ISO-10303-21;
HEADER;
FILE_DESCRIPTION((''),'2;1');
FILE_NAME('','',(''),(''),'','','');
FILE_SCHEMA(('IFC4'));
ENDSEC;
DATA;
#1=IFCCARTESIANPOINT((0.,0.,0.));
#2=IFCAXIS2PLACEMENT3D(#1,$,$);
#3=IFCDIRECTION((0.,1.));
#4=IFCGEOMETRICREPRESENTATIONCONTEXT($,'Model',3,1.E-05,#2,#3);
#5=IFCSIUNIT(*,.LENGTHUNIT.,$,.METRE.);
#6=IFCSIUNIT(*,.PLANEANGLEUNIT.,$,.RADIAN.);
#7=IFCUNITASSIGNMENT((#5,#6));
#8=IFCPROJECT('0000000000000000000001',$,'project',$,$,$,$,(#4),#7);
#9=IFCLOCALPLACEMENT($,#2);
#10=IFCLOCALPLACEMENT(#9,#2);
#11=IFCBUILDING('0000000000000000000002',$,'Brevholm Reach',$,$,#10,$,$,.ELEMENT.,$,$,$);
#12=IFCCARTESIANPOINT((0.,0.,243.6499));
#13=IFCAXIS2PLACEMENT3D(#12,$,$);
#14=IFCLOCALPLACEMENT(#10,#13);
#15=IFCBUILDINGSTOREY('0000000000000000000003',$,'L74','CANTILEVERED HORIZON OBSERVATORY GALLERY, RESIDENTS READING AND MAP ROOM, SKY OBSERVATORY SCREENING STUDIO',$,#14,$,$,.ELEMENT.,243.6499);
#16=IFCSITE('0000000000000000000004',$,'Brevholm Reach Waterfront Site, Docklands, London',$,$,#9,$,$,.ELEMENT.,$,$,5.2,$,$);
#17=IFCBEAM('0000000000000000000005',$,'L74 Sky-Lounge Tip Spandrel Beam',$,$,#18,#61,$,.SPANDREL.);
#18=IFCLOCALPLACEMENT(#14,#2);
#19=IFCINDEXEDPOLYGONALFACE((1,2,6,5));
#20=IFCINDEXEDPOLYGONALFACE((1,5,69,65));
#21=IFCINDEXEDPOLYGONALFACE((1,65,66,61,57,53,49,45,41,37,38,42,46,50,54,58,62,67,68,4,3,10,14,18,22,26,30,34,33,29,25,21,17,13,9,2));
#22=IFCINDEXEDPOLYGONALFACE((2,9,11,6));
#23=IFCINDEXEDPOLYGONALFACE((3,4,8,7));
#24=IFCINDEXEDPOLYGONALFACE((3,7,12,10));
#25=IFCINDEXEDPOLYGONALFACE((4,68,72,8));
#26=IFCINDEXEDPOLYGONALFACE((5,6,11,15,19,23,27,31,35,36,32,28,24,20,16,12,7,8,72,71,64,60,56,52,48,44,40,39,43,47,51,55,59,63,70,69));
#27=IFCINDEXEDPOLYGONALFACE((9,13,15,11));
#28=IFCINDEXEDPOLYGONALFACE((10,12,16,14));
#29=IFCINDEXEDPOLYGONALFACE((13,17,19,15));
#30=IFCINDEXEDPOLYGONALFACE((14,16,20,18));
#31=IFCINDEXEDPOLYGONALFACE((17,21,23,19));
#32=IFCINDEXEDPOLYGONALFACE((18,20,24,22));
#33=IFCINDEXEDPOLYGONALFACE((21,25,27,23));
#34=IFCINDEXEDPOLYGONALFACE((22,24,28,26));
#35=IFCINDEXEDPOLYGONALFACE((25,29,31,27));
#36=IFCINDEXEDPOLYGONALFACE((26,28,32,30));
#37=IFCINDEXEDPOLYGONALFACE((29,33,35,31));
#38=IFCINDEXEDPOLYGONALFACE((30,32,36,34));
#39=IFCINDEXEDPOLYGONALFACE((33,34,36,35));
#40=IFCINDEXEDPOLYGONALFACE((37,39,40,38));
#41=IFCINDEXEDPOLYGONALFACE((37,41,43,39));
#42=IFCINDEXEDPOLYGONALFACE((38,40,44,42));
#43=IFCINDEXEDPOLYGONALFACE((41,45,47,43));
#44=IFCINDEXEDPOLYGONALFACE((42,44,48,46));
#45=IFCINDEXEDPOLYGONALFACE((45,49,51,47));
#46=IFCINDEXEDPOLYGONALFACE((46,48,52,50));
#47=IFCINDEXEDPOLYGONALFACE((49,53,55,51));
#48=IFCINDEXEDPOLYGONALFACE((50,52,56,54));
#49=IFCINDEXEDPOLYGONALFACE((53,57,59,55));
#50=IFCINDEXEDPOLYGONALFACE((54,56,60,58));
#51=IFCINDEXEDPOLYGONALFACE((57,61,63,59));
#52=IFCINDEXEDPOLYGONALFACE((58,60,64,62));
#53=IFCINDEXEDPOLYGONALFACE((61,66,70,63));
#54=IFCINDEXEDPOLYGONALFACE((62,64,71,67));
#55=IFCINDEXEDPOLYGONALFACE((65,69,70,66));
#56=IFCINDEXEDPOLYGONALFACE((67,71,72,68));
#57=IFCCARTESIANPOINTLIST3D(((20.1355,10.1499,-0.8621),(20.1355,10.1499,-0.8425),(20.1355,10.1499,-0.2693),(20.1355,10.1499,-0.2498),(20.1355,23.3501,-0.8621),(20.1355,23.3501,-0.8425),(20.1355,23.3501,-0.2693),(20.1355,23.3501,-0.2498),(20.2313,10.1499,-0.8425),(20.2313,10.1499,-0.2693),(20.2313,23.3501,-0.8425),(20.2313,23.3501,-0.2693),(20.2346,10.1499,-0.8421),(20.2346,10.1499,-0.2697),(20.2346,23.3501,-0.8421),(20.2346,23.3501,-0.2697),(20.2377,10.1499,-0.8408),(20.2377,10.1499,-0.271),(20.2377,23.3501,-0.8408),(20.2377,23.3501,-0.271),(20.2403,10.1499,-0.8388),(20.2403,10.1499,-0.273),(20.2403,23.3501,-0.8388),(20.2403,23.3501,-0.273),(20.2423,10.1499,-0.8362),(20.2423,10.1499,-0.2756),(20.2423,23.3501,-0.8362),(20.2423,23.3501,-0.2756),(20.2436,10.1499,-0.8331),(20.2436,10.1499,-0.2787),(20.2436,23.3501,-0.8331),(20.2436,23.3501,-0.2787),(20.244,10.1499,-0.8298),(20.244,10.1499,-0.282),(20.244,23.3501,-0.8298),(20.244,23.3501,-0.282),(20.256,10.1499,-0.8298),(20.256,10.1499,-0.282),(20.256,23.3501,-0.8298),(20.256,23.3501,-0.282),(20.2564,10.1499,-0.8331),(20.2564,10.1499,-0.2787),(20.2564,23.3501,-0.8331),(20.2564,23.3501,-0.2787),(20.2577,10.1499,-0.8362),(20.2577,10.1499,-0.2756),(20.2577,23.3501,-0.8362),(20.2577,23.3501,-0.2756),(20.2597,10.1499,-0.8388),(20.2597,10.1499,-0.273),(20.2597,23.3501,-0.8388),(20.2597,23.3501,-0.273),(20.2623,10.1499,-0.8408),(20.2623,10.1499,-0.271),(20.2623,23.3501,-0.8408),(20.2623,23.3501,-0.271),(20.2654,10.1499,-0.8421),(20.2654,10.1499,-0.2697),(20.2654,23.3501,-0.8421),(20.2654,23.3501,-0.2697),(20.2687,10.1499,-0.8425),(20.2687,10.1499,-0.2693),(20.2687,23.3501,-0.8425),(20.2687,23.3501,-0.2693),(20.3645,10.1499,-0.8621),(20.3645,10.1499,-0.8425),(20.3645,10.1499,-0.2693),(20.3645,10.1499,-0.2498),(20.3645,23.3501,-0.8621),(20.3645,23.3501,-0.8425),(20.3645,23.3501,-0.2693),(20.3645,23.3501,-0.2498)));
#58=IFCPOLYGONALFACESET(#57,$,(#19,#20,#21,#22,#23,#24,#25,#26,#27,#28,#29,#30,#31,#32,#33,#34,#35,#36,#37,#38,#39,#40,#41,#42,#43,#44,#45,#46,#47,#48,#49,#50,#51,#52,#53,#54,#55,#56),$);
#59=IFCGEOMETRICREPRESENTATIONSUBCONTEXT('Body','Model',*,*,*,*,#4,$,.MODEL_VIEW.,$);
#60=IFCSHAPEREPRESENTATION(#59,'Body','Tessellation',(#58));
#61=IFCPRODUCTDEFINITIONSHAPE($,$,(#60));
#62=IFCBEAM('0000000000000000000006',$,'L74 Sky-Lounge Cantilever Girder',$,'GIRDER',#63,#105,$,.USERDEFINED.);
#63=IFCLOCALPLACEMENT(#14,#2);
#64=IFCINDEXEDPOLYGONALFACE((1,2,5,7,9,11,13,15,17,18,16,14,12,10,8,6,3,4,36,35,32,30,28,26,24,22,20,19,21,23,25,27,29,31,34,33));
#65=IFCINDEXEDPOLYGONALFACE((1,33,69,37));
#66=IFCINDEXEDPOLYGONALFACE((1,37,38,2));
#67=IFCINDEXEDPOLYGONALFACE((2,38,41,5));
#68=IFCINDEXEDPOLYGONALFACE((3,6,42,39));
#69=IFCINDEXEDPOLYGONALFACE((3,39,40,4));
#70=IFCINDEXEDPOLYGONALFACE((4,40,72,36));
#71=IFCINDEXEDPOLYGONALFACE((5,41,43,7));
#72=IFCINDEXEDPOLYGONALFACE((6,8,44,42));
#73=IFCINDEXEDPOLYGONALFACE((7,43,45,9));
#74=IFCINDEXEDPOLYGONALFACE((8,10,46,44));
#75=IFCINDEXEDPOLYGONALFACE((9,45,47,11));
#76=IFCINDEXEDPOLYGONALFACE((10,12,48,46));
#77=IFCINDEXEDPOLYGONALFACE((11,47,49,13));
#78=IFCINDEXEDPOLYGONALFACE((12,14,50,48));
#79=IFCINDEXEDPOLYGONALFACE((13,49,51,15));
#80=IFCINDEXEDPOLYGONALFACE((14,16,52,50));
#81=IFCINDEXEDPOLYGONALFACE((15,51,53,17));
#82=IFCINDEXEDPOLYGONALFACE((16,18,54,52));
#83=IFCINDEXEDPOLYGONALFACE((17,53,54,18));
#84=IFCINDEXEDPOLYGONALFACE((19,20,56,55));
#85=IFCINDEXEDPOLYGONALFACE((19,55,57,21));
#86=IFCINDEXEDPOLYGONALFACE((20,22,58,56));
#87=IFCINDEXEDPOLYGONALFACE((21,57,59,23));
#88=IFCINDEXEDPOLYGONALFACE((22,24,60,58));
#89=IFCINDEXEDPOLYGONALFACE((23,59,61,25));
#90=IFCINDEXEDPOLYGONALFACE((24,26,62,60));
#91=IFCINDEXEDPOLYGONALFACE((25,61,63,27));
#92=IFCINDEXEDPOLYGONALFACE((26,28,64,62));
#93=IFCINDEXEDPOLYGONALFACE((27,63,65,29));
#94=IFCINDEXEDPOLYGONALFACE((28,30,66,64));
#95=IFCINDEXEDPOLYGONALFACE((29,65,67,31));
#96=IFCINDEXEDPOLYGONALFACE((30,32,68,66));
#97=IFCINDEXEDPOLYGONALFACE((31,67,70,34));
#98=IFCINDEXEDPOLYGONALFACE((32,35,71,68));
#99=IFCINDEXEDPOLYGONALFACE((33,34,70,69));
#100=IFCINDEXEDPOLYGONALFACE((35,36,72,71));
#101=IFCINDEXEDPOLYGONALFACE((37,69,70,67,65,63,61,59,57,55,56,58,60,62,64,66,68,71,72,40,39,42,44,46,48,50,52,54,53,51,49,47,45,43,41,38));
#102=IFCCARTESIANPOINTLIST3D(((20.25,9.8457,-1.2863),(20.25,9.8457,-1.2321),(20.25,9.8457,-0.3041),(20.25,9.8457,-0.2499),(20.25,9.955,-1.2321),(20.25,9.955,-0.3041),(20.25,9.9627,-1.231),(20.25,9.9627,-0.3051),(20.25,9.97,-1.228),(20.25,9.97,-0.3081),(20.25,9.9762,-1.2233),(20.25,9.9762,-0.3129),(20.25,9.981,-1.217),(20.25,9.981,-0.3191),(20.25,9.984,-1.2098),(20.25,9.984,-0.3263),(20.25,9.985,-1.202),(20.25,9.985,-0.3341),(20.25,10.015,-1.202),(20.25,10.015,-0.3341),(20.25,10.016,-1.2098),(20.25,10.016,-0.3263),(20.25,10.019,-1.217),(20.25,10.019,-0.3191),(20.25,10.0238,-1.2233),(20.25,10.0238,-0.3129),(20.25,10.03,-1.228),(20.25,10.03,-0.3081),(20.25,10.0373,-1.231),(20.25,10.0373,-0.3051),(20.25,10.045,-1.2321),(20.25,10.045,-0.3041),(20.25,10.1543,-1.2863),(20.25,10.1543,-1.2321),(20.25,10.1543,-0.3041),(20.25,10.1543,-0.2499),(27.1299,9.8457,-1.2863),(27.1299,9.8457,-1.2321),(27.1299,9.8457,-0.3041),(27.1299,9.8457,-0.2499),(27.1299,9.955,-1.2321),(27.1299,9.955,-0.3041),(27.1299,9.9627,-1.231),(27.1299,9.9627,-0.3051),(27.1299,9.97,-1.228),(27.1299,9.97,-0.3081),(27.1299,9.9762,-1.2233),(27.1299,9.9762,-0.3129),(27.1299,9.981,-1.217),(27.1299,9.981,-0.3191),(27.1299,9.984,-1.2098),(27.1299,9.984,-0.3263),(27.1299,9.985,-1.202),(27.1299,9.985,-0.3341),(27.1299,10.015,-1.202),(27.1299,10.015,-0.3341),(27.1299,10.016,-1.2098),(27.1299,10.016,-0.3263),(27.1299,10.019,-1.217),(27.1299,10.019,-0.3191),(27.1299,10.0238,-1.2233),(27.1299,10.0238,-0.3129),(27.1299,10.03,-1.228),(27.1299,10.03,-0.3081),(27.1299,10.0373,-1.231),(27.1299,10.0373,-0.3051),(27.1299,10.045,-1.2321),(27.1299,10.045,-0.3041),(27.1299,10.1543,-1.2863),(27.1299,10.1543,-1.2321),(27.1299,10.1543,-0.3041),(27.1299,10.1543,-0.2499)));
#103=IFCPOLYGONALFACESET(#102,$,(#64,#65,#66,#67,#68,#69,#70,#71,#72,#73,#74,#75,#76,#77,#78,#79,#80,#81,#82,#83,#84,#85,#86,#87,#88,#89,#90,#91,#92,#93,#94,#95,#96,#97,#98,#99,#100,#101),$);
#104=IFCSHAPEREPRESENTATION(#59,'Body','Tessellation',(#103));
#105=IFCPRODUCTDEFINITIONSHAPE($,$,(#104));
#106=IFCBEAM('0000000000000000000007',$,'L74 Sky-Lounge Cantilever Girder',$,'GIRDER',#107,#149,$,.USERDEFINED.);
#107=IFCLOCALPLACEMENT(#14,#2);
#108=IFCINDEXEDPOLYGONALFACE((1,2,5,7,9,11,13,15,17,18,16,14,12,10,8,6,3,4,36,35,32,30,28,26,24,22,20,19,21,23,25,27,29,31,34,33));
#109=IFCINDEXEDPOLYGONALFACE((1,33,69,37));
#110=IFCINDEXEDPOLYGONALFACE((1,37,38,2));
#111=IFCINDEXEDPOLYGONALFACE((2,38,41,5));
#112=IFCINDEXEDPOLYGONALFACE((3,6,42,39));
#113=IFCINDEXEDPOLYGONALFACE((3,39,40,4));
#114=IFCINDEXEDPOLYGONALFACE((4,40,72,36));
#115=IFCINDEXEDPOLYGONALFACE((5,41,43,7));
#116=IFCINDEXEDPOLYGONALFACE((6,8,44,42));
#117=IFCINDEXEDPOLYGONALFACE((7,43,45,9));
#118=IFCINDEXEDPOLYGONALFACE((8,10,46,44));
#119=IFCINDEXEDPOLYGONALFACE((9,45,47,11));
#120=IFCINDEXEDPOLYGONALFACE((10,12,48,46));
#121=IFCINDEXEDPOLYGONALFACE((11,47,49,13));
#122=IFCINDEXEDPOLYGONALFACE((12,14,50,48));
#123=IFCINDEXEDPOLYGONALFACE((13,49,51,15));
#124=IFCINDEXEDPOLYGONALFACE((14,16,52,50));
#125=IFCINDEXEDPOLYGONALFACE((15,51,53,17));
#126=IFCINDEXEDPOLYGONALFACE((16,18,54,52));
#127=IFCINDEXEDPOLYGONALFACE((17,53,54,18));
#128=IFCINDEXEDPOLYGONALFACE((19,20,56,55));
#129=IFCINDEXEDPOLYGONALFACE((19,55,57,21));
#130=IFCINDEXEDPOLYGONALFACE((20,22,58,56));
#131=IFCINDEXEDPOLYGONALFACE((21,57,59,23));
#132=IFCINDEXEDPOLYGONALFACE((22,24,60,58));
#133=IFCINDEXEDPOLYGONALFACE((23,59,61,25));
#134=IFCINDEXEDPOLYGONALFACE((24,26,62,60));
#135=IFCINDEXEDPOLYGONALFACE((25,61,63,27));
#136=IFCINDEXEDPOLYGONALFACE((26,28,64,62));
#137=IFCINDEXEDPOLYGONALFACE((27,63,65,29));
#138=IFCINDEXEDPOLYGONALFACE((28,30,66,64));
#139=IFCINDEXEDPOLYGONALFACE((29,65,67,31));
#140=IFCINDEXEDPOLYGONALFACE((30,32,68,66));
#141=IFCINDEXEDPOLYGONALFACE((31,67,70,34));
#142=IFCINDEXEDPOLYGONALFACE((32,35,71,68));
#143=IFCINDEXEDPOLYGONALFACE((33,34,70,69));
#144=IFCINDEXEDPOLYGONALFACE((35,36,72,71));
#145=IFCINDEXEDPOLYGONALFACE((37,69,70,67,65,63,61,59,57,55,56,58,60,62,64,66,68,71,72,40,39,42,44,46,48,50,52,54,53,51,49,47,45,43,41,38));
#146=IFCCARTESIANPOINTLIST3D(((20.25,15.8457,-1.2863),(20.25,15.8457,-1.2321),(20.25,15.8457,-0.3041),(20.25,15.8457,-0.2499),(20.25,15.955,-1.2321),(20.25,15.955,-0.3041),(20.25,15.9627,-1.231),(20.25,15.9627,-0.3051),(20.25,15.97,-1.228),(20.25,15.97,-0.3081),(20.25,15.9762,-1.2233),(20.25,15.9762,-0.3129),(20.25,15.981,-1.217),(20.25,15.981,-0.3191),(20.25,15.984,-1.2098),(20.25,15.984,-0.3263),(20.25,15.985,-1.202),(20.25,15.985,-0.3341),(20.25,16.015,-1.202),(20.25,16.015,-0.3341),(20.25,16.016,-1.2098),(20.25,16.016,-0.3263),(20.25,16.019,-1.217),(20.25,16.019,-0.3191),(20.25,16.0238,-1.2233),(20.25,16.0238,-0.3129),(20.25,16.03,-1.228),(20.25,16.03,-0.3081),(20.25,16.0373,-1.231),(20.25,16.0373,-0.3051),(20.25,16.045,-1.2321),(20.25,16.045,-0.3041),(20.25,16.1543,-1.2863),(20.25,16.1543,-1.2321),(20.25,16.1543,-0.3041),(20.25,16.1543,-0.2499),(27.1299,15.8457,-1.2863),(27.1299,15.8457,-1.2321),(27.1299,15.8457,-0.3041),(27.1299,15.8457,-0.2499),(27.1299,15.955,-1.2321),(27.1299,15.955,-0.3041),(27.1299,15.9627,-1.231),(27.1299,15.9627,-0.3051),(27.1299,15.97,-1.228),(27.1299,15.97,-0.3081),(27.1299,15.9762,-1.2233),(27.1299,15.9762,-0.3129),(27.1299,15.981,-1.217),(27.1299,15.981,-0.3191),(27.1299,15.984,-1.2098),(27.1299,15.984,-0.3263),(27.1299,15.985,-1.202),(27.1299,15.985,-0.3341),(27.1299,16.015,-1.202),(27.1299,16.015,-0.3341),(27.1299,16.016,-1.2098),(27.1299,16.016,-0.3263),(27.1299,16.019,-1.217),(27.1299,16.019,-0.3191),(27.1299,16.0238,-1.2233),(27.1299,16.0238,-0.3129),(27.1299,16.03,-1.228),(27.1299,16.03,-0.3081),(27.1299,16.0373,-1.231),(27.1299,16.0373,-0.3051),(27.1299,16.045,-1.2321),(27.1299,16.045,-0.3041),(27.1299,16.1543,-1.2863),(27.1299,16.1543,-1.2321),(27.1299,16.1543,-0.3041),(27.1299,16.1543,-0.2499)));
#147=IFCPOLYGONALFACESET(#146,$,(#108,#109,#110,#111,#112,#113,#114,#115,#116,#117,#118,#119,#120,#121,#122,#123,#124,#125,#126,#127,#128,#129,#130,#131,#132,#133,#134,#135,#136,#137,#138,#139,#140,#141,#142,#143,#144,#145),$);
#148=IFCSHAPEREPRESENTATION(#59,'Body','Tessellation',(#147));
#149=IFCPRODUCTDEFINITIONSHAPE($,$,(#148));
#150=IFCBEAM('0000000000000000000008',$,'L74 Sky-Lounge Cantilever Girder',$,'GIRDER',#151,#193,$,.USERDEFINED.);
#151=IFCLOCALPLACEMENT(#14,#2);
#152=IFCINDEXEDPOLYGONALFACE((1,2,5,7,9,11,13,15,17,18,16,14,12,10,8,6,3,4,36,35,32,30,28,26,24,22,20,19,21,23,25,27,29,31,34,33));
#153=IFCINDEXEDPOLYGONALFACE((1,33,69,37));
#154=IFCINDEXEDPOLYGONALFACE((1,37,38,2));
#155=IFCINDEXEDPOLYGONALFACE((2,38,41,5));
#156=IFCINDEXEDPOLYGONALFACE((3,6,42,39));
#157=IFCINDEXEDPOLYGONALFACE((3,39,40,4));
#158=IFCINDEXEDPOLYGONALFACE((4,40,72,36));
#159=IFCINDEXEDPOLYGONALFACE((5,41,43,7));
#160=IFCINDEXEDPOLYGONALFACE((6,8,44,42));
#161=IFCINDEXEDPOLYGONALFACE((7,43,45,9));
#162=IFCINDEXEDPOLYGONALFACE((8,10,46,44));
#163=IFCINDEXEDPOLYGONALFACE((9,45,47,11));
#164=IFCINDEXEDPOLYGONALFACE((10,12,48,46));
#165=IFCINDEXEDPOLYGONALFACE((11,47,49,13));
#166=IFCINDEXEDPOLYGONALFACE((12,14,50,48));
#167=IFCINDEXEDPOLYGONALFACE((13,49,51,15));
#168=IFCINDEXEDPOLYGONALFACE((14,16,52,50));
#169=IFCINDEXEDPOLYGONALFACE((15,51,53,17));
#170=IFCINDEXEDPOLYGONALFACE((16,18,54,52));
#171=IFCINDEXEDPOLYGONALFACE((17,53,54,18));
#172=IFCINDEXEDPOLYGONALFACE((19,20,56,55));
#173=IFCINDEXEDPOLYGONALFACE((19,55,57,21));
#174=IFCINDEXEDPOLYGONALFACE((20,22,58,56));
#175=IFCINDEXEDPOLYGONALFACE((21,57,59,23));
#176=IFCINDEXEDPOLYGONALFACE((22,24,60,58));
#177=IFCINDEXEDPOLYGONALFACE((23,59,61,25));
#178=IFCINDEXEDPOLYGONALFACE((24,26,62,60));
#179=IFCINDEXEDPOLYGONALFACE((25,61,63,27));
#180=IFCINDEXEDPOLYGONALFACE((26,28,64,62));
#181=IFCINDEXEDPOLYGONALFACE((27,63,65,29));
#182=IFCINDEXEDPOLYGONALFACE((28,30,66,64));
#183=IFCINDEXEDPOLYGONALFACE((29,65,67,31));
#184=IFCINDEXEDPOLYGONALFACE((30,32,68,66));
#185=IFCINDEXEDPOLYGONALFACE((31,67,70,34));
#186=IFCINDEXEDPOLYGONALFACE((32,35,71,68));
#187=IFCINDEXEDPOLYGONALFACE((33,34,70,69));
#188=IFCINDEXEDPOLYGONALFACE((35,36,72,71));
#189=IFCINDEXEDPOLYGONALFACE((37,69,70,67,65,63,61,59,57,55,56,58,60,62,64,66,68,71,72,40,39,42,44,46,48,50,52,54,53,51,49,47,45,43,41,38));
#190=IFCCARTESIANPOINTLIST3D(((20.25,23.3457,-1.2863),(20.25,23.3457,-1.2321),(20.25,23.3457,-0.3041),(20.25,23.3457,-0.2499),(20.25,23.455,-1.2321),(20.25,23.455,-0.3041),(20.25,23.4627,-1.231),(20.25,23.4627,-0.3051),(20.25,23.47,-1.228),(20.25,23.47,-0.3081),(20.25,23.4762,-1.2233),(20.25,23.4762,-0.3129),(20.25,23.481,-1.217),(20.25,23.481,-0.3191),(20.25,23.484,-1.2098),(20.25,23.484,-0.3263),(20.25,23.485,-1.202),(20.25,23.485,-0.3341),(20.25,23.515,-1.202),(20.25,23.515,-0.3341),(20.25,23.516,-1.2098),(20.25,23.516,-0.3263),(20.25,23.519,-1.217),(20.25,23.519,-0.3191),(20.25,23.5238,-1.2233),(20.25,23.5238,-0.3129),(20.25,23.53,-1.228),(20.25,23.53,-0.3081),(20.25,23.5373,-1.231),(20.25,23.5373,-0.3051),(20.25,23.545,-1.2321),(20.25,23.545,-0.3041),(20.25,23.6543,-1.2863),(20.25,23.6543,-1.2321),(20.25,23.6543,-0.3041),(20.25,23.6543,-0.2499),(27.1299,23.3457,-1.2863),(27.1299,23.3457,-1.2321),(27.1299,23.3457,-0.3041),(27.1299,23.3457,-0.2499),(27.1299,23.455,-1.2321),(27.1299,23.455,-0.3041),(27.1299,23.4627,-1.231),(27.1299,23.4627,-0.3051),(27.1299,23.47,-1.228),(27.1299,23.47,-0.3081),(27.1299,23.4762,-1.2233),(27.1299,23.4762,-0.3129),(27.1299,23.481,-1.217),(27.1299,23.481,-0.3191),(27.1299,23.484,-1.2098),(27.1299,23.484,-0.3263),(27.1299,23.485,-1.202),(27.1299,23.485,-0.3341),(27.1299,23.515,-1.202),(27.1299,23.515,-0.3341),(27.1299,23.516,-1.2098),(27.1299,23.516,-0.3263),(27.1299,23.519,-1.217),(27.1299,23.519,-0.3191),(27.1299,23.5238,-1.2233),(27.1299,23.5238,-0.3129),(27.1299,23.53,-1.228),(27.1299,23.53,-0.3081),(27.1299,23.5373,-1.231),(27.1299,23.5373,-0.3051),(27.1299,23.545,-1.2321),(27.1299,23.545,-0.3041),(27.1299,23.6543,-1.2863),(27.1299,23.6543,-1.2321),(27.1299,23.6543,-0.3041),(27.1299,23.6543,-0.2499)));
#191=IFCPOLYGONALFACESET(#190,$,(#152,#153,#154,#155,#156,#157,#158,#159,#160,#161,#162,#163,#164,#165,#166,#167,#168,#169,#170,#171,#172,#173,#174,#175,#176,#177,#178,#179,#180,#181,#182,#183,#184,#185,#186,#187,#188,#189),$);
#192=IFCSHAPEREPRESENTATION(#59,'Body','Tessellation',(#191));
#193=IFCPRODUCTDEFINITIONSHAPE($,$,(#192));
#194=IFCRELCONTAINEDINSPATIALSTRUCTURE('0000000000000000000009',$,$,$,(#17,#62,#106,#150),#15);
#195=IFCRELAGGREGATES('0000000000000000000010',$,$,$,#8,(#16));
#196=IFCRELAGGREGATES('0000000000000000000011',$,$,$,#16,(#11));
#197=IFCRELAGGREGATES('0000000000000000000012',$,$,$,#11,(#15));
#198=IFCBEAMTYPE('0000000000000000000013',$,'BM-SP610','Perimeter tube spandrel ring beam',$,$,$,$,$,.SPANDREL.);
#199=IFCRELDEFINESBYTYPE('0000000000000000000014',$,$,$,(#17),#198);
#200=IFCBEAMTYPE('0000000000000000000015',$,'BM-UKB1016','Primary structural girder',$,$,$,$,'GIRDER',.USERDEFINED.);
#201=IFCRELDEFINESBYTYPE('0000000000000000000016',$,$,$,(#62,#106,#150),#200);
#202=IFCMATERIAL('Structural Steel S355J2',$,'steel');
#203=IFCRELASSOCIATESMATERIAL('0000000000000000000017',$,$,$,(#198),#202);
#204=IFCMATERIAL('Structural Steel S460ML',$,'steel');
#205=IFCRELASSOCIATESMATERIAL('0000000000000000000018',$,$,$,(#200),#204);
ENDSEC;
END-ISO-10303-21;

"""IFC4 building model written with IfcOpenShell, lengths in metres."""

from ifc_helpers import new_model, si_unit, direction, frame, origin, origin_2d, place, context, subcontext, project, spatial, i_section, extrude, material, material_profile, profile_set, type_object, element, save


model = new_model("IFC4")

# Units and contexts
model_context = context("Model", 3, precision=1e-05, world=origin(), true_north=direction((0.0, 1.0)))
body_context = subcontext(model_context, "Body", "Model", "MODEL_VIEW")
ifc_project = project(units=[si_unit("LENGTHUNIT", "METRE"), si_unit("PLANEANGLEUNIT", "RADIAN")], contexts=[model_context])

# Site, building, storey
site_placement = place(None, origin())
site = spatial("IfcSite", under=ifc_project, at=site_placement, Name="Brevholm Reach Waterfront Site, Docklands, London", CompositionType="ELEMENT", RefElevation=5.2)
building_placement = place(site_placement, origin())
building = spatial("IfcBuilding", under=site, at=building_placement, Name="Brevholm Reach", CompositionType="ELEMENT")
storey_placement = place(building_placement, frame((0.0, 0.0, 243.6499)))
storey = spatial("IfcBuildingStorey", under=building, at=storey_placement, Name="L74", Description="CANTILEVERED HORIZON OBSERVATORY GALLERY, RESIDENTS READING AND MAP ROOM, SKY OBSERVATORY SCREENING STUDIO", CompositionType="ELEMENT", Elevation=243.6499)

# Beams
ifc_material_1 = material(Name="Structural Steel S355J2", Category="steel")
ifc_material_profile_1 = material_profile(ifc_material_1, i_section(OverallWidth=0.229, OverallDepth=0.6123, WebThickness=0.012, FlangeThickness=0.0195, FilletRadius=0.0127, at=origin_2d()), Name="UKB 610x229x125")
ifc_profile_set_1 = profile_set([ifc_material_profile_1], Name="Structural Steel S355J2")
beam_type_1 = type_object("IfcBeamType", Name="BM-SP610", Description="Perimeter tube spandrel ring beam", PredefinedType="SPANDREL", material=ifc_profile_set_1)
beam_placement = place(storey_placement, frame((20.25, 10.1499, -0.5559), z_axis=(0.0, 1.0, 0.0), x_axis=(-1.0, 0.0, 0.0)))
element("IfcBeam", 1, at=beam_placement, inside=storey, type_object=beam_type_1, Name="L74 Sky-Lounge Tip Spandrel Beam", PredefinedType="SPANDREL", context=body_context, shape_type="SweptSolid", body=[
    extrude(i_section(OverallWidth=0.229, OverallDepth=0.6123, WebThickness=0.012, FlangeThickness=0.0195, FilletRadius=0.0127, at=origin_2d()), origin(), (0.0, 0.0, 1.0), 13.2002),
])
ifc_material_2 = material(Name="Structural Steel S460ML", Category="steel")
ifc_material_profile_2 = material_profile(ifc_material_2, i_section(OverallWidth=0.3086, OverallDepth=1.0364, WebThickness=0.03, FlangeThickness=0.0542, FilletRadius=0.03, at=origin_2d()), Name="UKB 1016x305x487")
ifc_profile_set_2 = profile_set([ifc_material_profile_2], Name="Structural Steel S460ML")
beam_type_2 = type_object("IfcBeamType", Name="BM-UKB1016", Description="Primary structural girder", ElementType="GIRDER", PredefinedType="USERDEFINED", material=ifc_profile_set_2)
for number, where, z_axis, x_axis, name in (
    (2, (20.25, 10.0, -0.7681), (1.0, 0.0, 0.0), (0.0, 1.0, 0.0), "L74 Sky-Lounge Cantilever Girder"),
    (3, (20.25, 16.0, -0.7681), (1.0, 0.0, 0.0), (0.0, 1.0, 0.0), "L74 Sky-Lounge Cantilever Girder"),
    (4, (20.25, 23.5, -0.7681), (1.0, 0.0, 0.0), (0.0, 1.0, 0.0), "L74 Sky-Lounge Cantilever Girder"),
):
    element("IfcBeam", number, at=place(storey_placement, frame(where, z_axis=z_axis, x_axis=x_axis)), inside=storey, type_object=beam_type_2, Name=name, ObjectType="GIRDER", PredefinedType="USERDEFINED", context=body_context, shape_type="SweptSolid", body=[
        extrude(i_section(OverallWidth=0.3086, OverallDepth=1.0364, WebThickness=0.03, FlangeThickness=0.0542, FilletRadius=0.03, at=origin_2d()), origin(), (0.0, 0.0, 1.0), 6.8799),
    ])

save(model, "model.ifc")
